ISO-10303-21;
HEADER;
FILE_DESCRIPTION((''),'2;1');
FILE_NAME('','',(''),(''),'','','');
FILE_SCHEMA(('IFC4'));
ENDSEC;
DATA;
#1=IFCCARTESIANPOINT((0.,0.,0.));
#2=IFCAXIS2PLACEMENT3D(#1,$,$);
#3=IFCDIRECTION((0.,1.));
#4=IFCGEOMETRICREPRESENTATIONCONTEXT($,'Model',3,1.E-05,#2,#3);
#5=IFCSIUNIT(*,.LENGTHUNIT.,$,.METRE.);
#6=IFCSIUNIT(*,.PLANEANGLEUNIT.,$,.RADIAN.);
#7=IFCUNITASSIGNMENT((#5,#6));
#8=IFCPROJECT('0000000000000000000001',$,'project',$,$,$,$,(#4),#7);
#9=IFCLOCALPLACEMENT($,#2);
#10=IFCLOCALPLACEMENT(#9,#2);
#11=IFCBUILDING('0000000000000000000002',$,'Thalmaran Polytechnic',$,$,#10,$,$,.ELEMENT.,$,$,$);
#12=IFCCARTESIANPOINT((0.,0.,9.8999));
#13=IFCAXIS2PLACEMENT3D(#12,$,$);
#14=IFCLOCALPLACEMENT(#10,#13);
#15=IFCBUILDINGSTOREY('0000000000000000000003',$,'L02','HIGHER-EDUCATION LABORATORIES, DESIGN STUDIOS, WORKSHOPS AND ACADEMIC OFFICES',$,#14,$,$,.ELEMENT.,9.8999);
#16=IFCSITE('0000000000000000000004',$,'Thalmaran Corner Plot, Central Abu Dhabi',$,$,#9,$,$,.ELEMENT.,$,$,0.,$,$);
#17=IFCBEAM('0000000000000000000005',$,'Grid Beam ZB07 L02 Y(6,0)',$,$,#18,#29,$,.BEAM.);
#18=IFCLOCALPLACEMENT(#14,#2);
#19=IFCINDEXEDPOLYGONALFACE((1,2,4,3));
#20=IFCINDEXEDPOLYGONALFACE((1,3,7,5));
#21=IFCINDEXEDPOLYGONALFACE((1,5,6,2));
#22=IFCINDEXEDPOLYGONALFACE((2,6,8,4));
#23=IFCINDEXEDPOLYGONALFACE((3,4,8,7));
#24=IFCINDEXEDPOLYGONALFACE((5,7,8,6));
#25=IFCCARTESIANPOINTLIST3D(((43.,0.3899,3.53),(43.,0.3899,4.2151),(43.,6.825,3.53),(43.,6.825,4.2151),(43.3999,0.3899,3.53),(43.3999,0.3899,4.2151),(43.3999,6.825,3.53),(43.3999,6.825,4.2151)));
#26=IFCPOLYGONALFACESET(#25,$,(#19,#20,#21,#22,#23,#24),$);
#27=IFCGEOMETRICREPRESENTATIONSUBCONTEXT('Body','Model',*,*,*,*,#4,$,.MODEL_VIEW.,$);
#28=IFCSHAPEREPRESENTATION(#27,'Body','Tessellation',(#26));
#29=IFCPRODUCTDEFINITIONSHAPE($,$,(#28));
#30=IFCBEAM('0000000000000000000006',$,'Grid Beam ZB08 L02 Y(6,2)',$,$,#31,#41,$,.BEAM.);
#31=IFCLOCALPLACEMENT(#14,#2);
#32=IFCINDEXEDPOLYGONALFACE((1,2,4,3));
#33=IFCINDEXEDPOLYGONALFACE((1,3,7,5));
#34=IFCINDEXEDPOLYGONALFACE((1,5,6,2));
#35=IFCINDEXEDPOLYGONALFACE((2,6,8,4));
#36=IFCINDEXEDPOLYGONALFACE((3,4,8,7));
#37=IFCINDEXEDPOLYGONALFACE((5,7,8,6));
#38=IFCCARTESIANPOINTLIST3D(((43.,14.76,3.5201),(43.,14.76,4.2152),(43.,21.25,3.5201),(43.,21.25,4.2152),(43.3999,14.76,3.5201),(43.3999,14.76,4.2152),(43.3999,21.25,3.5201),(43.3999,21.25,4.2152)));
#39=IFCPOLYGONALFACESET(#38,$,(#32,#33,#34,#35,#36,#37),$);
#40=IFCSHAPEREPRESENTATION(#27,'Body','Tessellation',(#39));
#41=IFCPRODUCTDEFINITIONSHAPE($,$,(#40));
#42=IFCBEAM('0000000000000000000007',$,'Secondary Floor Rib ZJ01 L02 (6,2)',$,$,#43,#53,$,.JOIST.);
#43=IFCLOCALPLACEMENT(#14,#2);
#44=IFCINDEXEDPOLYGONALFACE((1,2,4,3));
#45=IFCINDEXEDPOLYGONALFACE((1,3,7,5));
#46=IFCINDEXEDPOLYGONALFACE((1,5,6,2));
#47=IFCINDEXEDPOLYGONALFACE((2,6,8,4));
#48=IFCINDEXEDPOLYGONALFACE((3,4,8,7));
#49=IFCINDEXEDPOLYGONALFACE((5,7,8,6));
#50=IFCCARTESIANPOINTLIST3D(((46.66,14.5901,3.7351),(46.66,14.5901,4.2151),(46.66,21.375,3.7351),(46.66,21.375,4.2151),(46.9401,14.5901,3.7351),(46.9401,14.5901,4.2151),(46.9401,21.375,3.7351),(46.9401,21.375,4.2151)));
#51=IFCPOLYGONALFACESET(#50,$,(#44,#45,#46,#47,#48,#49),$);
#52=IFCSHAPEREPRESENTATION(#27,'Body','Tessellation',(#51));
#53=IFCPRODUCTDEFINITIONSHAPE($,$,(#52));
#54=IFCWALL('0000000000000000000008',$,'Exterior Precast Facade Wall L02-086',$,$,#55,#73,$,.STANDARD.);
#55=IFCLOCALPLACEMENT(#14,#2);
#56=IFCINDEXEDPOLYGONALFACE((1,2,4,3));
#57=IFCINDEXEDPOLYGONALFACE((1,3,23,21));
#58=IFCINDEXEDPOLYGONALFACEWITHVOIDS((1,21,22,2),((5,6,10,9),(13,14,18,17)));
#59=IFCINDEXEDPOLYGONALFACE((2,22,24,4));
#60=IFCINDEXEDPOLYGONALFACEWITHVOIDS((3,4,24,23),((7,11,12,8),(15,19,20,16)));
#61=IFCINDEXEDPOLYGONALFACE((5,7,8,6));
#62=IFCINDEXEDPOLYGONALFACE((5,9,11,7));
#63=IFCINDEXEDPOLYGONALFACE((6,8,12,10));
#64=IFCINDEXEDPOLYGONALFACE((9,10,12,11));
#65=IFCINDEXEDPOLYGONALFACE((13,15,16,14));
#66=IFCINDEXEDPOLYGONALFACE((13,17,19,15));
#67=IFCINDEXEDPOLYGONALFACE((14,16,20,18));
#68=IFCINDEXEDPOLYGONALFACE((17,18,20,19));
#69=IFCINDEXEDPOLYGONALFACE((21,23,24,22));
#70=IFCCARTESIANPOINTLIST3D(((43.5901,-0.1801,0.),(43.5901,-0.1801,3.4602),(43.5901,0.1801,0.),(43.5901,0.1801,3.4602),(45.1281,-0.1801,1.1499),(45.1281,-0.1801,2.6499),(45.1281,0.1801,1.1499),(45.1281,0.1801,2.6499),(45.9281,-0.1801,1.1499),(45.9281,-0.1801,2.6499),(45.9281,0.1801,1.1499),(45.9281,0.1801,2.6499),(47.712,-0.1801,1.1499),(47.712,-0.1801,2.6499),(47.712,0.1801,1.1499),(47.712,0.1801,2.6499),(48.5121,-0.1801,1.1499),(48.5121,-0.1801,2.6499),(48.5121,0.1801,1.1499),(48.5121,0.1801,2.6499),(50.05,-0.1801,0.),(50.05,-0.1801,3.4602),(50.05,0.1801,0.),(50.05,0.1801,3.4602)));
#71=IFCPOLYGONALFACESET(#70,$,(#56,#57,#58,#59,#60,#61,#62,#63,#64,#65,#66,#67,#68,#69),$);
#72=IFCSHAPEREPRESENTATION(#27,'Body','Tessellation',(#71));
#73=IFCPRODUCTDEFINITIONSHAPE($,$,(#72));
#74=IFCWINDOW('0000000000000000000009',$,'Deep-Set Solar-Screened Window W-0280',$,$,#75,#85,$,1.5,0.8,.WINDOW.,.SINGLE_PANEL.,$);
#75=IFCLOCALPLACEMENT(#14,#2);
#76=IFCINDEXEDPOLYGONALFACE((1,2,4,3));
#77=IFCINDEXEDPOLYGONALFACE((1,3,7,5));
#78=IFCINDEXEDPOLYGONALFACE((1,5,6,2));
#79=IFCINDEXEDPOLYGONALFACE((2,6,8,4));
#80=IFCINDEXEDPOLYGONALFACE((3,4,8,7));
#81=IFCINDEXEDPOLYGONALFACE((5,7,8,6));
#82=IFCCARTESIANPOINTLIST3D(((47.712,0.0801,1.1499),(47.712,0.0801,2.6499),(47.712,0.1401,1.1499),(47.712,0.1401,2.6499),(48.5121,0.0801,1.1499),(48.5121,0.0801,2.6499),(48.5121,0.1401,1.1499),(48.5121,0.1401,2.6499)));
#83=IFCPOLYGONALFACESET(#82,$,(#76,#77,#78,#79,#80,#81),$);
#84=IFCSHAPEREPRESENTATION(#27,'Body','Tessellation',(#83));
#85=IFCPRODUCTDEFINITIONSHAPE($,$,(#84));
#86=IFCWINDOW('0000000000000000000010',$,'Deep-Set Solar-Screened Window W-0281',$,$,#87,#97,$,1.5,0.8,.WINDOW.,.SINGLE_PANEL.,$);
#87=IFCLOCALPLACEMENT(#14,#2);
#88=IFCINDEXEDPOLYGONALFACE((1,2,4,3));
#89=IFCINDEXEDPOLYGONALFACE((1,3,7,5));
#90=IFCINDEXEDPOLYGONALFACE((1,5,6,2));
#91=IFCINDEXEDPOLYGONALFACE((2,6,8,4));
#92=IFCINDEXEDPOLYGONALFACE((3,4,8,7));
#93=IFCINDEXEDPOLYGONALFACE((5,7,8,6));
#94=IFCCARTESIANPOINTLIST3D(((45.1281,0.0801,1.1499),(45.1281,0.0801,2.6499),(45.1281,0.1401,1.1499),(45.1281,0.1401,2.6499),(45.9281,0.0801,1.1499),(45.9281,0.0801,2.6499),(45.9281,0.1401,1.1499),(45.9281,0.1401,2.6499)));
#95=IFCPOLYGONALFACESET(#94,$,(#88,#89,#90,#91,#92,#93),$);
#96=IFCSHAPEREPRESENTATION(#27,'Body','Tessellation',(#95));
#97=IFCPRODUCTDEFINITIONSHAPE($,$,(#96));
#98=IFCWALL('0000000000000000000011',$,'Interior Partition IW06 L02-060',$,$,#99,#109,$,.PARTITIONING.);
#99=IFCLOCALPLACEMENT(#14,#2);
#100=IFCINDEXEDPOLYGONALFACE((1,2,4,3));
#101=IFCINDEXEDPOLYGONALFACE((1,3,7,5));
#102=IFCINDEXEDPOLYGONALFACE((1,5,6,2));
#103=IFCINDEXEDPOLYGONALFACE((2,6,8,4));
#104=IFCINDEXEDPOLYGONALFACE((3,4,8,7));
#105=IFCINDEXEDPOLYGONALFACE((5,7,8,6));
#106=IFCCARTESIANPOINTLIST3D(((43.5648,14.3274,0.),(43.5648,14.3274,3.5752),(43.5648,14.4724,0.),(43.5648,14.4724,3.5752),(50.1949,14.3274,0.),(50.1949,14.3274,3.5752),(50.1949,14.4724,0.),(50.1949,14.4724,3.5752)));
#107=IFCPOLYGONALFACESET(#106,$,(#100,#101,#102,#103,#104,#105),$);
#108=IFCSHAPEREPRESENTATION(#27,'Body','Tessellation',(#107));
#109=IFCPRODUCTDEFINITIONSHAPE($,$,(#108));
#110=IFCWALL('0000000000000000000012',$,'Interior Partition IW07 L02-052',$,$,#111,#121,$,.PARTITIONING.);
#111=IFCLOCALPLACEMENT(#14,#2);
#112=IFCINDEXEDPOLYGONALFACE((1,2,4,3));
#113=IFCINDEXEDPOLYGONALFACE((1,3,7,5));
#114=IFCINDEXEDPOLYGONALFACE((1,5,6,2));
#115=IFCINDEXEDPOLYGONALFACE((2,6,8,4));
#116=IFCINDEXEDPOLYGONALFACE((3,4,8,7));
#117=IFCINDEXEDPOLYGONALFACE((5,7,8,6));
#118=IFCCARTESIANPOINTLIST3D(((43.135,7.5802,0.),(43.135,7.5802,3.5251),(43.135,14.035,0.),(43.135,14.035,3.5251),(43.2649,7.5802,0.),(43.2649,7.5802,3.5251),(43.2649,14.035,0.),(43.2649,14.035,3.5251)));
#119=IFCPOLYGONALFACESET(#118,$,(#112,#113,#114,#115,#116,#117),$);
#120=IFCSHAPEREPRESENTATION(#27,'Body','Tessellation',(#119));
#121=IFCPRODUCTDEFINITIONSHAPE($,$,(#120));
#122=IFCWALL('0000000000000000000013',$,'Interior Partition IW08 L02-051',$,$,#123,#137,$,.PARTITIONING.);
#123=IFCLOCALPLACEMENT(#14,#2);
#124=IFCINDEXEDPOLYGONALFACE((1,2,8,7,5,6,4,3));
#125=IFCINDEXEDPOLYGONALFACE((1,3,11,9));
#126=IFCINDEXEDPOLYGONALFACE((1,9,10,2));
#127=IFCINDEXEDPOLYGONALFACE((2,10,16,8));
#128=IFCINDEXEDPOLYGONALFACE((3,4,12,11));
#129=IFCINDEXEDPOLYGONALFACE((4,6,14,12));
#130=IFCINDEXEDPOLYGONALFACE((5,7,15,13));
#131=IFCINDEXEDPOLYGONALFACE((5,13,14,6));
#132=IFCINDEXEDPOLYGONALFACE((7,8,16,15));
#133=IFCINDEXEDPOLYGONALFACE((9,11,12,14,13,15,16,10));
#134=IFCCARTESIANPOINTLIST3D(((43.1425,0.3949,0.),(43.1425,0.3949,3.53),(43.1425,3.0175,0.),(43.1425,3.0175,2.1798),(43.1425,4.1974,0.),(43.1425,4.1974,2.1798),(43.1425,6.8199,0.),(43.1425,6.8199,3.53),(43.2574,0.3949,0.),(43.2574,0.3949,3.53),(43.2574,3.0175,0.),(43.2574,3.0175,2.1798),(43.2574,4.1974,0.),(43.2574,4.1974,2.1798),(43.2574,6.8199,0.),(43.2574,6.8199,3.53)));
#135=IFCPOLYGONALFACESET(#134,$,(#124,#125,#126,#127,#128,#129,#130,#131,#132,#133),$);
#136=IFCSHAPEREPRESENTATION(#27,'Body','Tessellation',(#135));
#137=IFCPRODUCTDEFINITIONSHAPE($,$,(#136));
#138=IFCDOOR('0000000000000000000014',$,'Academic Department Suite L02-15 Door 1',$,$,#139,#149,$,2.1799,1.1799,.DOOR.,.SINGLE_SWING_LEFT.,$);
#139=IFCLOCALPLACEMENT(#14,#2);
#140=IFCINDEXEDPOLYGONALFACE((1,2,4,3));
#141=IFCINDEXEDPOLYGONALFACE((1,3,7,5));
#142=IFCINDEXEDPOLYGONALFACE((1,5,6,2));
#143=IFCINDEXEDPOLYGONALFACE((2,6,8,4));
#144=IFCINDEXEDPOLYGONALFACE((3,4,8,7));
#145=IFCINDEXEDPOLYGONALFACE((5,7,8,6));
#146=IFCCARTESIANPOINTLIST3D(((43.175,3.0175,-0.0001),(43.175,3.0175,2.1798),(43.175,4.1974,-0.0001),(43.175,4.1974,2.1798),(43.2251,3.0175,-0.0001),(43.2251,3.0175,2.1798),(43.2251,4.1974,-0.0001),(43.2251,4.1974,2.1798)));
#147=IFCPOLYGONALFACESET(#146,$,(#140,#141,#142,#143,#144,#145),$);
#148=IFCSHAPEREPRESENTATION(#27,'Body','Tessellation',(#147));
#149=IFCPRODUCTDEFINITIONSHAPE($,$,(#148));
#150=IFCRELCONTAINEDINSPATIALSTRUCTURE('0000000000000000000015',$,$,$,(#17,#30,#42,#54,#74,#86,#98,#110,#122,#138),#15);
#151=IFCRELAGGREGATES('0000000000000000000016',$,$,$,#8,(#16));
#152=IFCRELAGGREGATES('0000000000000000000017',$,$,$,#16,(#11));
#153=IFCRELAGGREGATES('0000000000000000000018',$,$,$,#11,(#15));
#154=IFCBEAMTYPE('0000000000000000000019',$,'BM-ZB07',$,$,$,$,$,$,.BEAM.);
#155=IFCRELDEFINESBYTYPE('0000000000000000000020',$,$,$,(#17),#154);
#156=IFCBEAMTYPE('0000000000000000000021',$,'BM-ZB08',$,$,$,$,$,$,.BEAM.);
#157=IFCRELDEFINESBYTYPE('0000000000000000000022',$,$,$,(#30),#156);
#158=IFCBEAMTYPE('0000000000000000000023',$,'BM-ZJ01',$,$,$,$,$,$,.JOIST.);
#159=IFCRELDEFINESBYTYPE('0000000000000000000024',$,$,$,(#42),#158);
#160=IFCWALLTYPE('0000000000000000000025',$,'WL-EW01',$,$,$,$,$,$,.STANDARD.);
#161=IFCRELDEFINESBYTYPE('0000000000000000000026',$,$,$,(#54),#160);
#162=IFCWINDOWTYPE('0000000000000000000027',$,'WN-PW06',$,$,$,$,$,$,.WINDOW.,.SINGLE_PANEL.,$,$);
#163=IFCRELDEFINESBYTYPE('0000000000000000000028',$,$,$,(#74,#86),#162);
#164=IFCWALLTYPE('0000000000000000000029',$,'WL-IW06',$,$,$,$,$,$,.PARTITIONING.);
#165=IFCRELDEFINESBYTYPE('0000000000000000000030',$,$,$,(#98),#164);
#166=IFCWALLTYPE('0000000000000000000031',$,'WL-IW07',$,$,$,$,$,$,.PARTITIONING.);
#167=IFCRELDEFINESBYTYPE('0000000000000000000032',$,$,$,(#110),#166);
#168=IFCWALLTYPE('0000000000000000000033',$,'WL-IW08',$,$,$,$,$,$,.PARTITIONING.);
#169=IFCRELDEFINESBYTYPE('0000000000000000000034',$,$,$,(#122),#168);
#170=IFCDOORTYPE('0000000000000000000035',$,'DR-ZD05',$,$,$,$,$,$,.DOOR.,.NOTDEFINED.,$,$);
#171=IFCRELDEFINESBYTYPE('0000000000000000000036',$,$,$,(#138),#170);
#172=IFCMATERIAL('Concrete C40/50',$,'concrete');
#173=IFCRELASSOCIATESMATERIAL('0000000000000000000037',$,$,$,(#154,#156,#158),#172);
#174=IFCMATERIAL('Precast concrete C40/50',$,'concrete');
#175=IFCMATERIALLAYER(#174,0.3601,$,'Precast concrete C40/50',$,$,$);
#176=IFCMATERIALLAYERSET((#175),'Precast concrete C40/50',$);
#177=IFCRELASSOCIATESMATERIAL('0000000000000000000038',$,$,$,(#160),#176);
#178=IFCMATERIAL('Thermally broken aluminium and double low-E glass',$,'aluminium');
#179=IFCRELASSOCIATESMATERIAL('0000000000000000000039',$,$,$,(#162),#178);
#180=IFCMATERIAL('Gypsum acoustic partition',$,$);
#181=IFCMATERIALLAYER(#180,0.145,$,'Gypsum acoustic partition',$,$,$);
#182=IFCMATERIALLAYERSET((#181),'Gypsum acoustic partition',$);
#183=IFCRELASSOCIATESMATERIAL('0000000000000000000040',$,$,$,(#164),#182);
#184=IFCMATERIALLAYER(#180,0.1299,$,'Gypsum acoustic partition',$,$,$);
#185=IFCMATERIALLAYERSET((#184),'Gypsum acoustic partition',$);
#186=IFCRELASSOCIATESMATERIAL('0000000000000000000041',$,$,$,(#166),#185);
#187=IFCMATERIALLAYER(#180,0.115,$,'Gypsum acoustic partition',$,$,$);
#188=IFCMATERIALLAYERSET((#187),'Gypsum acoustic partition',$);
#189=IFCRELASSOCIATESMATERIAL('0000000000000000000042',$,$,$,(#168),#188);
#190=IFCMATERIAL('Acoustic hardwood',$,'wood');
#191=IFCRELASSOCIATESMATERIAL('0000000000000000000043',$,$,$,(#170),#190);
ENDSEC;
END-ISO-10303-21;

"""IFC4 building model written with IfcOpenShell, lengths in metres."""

from ifc_helpers import new_model, si_unit, direction, frame, frame_2d, origin, origin_2d, place, context, subcontext, project, spatial, rectangle, extrude, material, layer, layer_set, material_profile, profile_set, type_object, element, fill, save


model = new_model("IFC4")

# Units and contexts
model_context = context("Model", 3, precision=1e-05, world=origin(), true_north=direction((0.0, 1.0)))
body_context = subcontext(model_context, "Body", "Model", "MODEL_VIEW")
ifc_project = project(units=[si_unit("LENGTHUNIT", "METRE"), si_unit("PLANEANGLEUNIT", "RADIAN")], contexts=[model_context])

# Site, building, storey
site_placement = place(None, origin())
site = spatial("IfcSite", under=ifc_project, at=site_placement, Name="Thalmaran Corner Plot, Central Abu Dhabi", CompositionType="ELEMENT", RefElevation=0.0)
building_placement = place(site_placement, origin())
building = spatial("IfcBuilding", under=site, at=building_placement, Name="Thalmaran Polytechnic", CompositionType="ELEMENT")
storey_placement = place(building_placement, frame((0.0, 0.0, 9.8999)))
storey = spatial("IfcBuildingStorey", under=building, at=storey_placement, Name="L02", Description="HIGHER-EDUCATION LABORATORIES, DESIGN STUDIOS, WORKSHOPS AND ACADEMIC OFFICES", CompositionType="ELEMENT", Elevation=9.8999)

# Beams
ifc_material_1 = material(Name="Concrete C40/50", Category="concrete")
ifc_material_profile_1 = material_profile(ifc_material_1, rectangle(XDim=0.3999, YDim=0.6851, at=origin_2d()), Name="RC 400x685")
ifc_profile_set_1 = profile_set([ifc_material_profile_1], Name="Concrete C40/50")
beam_type_1 = type_object("IfcBeamType", Name="BM-ZB07", PredefinedType="BEAM", material=ifc_profile_set_1)
beam_1_placement = place(storey_placement, frame((43.2, 0.3899, 3.8726), z_axis=(0.0, 1.0, 0.0), x_axis=(-1.0, 0.0, 0.0)))
element("IfcBeam", 1, at=beam_1_placement, inside=storey, type_object=beam_type_1, Name="Grid Beam ZB07 L02 Y(6,0)", PredefinedType="BEAM", context=body_context, shape_type="SweptSolid", body=[
    extrude(rectangle(XDim=0.3999, YDim=0.6851, at=origin_2d()), origin(), (0.0, 0.0, 1.0), 6.4351),
])
ifc_material_profile_2 = material_profile(ifc_material_1, rectangle(XDim=0.3999, YDim=0.6951, at=origin_2d()), Name="RC 400x695")
ifc_profile_set_2 = profile_set([ifc_material_profile_2], Name="Concrete C40/50")
beam_type_2 = type_object("IfcBeamType", Name="BM-ZB08", PredefinedType="BEAM", material=ifc_profile_set_2)
beam_2_placement = place(storey_placement, frame((43.2, 14.76, 3.8677), z_axis=(0.0, 1.0, 0.0), x_axis=(-1.0, 0.0, 0.0)))
element("IfcBeam", 2, at=beam_2_placement, inside=storey, type_object=beam_type_2, Name="Grid Beam ZB08 L02 Y(6,2)", PredefinedType="BEAM", context=body_context, shape_type="SweptSolid", body=[
    extrude(rectangle(XDim=0.3999, YDim=0.6951, at=origin_2d()), origin(), (0.0, 0.0, 1.0), 6.49),
])
ifc_material_profile_3 = material_profile(ifc_material_1, rectangle(XDim=0.28, YDim=0.48, at=origin_2d()), Name="RC 280x480")
ifc_profile_set_3 = profile_set([ifc_material_profile_3], Name="Concrete C40/50")
beam_type_3 = type_object("IfcBeamType", Name="BM-ZJ01", PredefinedType="JOIST", material=ifc_profile_set_3)
beam_3_placement = place(storey_placement, frame((46.8, 14.5901, 3.9751), z_axis=(0.0, 1.0, 0.0), x_axis=(-1.0, 0.0, 0.0)))
element("IfcBeam", 3, at=beam_3_placement, inside=storey, type_object=beam_type_3, Name="Secondary Floor Rib ZJ01 L02 (6,2)", PredefinedType="JOIST", context=body_context, shape_type="SweptSolid", body=[
    extrude(rectangle(XDim=0.28, YDim=0.48, at=origin_2d()), origin(), (0.0, 0.0, 1.0), 6.7849),
])

# Wall, openings, windows
ifc_material_2 = material(Name="Precast concrete C40/50", Category="concrete")
ifc_layer_1 = layer(ifc_material_2, 0.3601, Name="Precast concrete C40/50")
ifc_layer_set_1 = layer_set([ifc_layer_1], Name="Precast concrete C40/50")
wall_type_1 = type_object("IfcWallType", Name="WL-EW01", PredefinedType="STANDARD", material=ifc_layer_set_1)
wall_1_placement = place(storey_placement, frame((50.05, 0.0, 0.0), z_axis=(0.0, 0.0, 1.0), x_axis=(-1.0, 0.0, 0.0)))
wall_1 = element("IfcWall", 4, at=wall_1_placement, inside=storey, type_object=wall_type_1, Name="Exterior Precast Facade Wall L02-086", PredefinedType="STANDARD", context=body_context, shape_type="SweptSolid", body=[
    extrude(rectangle(XDim=6.46, YDim=0.3601, at=frame_2d((3.23, 0.0))), origin(), (0.0, 0.0, 1.0), 3.4602),
])
opening_1_placement = place(wall_1_placement, frame((1.5381, 0.0, 1.1499)))
opening_1 = element("IfcOpeningElement", 5, at=opening_1_placement, cuts=wall_1, PredefinedType="OPENING", context=body_context, shape_type="SweptSolid", body=[
    extrude(rectangle(XDim=0.8, YDim=1.5, at=frame_2d((0.3999, 0.75))), frame((0.0, 0.1899, 0.0), z_axis=(0.0, -1.0, 0.0), x_axis=(1.0, 0.0, 0.0)), (0.0, 0.0, 1.0), 0.3801),
])
opening_2_placement = place(wall_1_placement, frame((4.1221, 0.0, 1.1499)))
opening_2 = element("IfcOpeningElement", 6, at=opening_2_placement, cuts=wall_1, PredefinedType="OPENING", context=body_context, shape_type="SweptSolid", body=[
    extrude(rectangle(XDim=0.8, YDim=1.5, at=frame_2d((0.3999, 0.75))), frame((0.0, 0.1899, 0.0), z_axis=(0.0, -1.0, 0.0), x_axis=(1.0, 0.0, 0.0)), (0.0, 0.0, 1.0), 0.3801),
])
ifc_material_3 = material(Name="Thermally broken aluminium and double low-E glass", Category="aluminium")
window_type = type_object("IfcWindowType", Name="WN-PW06", PartitioningType="SINGLE_PANEL", PredefinedType="WINDOW", material=ifc_material_3)
window_1_placement = place(opening_1_placement, origin())
window_1 = element("IfcWindow", 7, at=window_1_placement, inside=storey, type_object=window_type, Name="Deep-Set Solar-Screened Window W-0280", OverallHeight=1.5, OverallWidth=0.8, PartitioningType="SINGLE_PANEL", PredefinedType="WINDOW", context=body_context, shape_type="SweptSolid", body=[
    extrude(rectangle(XDim=0.8, YDim=1.5, at=frame_2d((0.3999, 0.75))), frame((0.0, -0.0801, 0.0), z_axis=(0.0, -1.0, 0.0), x_axis=(1.0, 0.0, 0.0)), (0.0, 0.0, 1.0), 0.0601),
])
fill(opening_1, window_1)
window_2_placement = place(opening_2_placement, origin())
window_2 = element("IfcWindow", 8, at=window_2_placement, inside=storey, type_object=window_type, Name="Deep-Set Solar-Screened Window W-0281", OverallHeight=1.5, OverallWidth=0.8, PartitioningType="SINGLE_PANEL", PredefinedType="WINDOW", context=body_context, shape_type="SweptSolid", body=[
    extrude(rectangle(XDim=0.8, YDim=1.5, at=frame_2d((0.3999, 0.75))), frame((0.0, -0.0801, 0.0), z_axis=(0.0, -1.0, 0.0), x_axis=(1.0, 0.0, 0.0)), (0.0, 0.0, 1.0), 0.0601),
])
fill(opening_2, window_2)

# Walls
ifc_material_4 = material(Name="Gypsum acoustic partition")
ifc_layer_2 = layer(ifc_material_4, 0.145, Name="Gypsum acoustic partition")
ifc_layer_set_2 = layer_set([ifc_layer_2], Name="Gypsum acoustic partition")
wall_type_2 = type_object("IfcWallType", Name="WL-IW06", PredefinedType="PARTITIONING", material=ifc_layer_set_2)
wall_2_placement = place(storey_placement, frame((43.5649, 14.3999, 0.0), z_axis=(0.0, 0.0, 1.0), x_axis=(1.0, 0.0, 0.0)))
element("IfcWall", 9, at=wall_2_placement, inside=storey, type_object=wall_type_2, Name="Interior Partition IW06 L02-060", PredefinedType="PARTITIONING", context=body_context, shape_type="SweptSolid", body=[
    extrude(rectangle(XDim=6.6301, YDim=0.145, at=frame_2d((3.3149, 0.0))), origin(), (0.0, 0.0, 1.0), 3.5752),
])
ifc_layer_3 = layer(ifc_material_4, 0.1299, Name="Gypsum acoustic partition")
ifc_layer_set_3 = layer_set([ifc_layer_3], Name="Gypsum acoustic partition")
wall_type_3 = type_object("IfcWallType", Name="WL-IW07", PredefinedType="PARTITIONING", material=ifc_layer_set_3)
wall_3_placement = place(storey_placement, frame((43.2, 7.5801, 0.0), z_axis=(0.0, 0.0, 1.0), x_axis=(0.0, 1.0, 0.0)))
element("IfcWall", 10, at=wall_3_placement, inside=storey, type_object=wall_type_3, Name="Interior Partition IW07 L02-052", PredefinedType="PARTITIONING", context=body_context, shape_type="SweptSolid", body=[
    extrude(rectangle(XDim=6.4548, YDim=0.1299, at=frame_2d((3.2275, 0.0))), origin(), (0.0, 0.0, 1.0), 3.5251),
])

# Wall, opening, door
ifc_layer_4 = layer(ifc_material_4, 0.115, Name="Gypsum acoustic partition")
ifc_layer_set_4 = layer_set([ifc_layer_4], Name="Gypsum acoustic partition")
wall_type_4 = type_object("IfcWallType", Name="WL-IW08", PredefinedType="PARTITIONING", material=ifc_layer_set_4)
wall_4_placement = place(storey_placement, frame((43.2, 0.395, 0.0), z_axis=(0.0, 0.0, 1.0), x_axis=(0.0, 1.0, 0.0)))
wall_4 = element("IfcWall", 11, at=wall_4_placement, inside=storey, type_object=wall_type_4, Name="Interior Partition IW08 L02-051", PredefinedType="PARTITIONING", context=body_context, shape_type="SweptSolid", body=[
    extrude(rectangle(XDim=6.425, YDim=0.115, at=frame_2d((3.2124, 0.0))), origin(), (0.0, 0.0, 1.0), 3.53),
])
opening_3_placement = place(wall_4_placement, frame((2.6226, 0.0, 0.0)))
opening_3 = element("IfcOpeningElement", 12, at=opening_3_placement, cuts=wall_4, PredefinedType="OPENING", context=body_context, shape_type="SweptSolid", body=[
    extrude(rectangle(XDim=1.1799, YDim=2.1799, at=frame_2d((0.5898, 1.0898))), frame((0.0, 0.0674, 0.0), z_axis=(0.0, -1.0, 0.0), x_axis=(1.0, 0.0, 0.0)), (0.0, 0.0, 1.0), 0.135),
])
ifc_material_5 = material(Name="Acoustic hardwood", Category="wood")
door_type = type_object("IfcDoorType", Name="DR-ZD05", OperationType="NOTDEFINED", PredefinedType="DOOR", material=ifc_material_5)
door_placement = place(opening_3_placement, origin())
door = element("IfcDoor", 13, at=door_placement, inside=storey, type_object=door_type, Name="Academic Department Suite L02-15 Door 1", OperationType="SINGLE_SWING_LEFT", OverallHeight=2.1799, OverallWidth=1.1799, PredefinedType="DOOR", context=body_context, shape_type="SweptSolid", body=[
    extrude(rectangle(XDim=1.1799, YDim=2.1799, at=frame_2d((0.5898, 1.0898))), frame((0.0, 0.0249, 0.0), z_axis=(0.0, -1.0, 0.0), x_axis=(1.0, 0.0, 0.0)), (0.0, 0.0, 1.0), 0.05),
])
fill(opening_3, door)

save(model, "model.ifc")
